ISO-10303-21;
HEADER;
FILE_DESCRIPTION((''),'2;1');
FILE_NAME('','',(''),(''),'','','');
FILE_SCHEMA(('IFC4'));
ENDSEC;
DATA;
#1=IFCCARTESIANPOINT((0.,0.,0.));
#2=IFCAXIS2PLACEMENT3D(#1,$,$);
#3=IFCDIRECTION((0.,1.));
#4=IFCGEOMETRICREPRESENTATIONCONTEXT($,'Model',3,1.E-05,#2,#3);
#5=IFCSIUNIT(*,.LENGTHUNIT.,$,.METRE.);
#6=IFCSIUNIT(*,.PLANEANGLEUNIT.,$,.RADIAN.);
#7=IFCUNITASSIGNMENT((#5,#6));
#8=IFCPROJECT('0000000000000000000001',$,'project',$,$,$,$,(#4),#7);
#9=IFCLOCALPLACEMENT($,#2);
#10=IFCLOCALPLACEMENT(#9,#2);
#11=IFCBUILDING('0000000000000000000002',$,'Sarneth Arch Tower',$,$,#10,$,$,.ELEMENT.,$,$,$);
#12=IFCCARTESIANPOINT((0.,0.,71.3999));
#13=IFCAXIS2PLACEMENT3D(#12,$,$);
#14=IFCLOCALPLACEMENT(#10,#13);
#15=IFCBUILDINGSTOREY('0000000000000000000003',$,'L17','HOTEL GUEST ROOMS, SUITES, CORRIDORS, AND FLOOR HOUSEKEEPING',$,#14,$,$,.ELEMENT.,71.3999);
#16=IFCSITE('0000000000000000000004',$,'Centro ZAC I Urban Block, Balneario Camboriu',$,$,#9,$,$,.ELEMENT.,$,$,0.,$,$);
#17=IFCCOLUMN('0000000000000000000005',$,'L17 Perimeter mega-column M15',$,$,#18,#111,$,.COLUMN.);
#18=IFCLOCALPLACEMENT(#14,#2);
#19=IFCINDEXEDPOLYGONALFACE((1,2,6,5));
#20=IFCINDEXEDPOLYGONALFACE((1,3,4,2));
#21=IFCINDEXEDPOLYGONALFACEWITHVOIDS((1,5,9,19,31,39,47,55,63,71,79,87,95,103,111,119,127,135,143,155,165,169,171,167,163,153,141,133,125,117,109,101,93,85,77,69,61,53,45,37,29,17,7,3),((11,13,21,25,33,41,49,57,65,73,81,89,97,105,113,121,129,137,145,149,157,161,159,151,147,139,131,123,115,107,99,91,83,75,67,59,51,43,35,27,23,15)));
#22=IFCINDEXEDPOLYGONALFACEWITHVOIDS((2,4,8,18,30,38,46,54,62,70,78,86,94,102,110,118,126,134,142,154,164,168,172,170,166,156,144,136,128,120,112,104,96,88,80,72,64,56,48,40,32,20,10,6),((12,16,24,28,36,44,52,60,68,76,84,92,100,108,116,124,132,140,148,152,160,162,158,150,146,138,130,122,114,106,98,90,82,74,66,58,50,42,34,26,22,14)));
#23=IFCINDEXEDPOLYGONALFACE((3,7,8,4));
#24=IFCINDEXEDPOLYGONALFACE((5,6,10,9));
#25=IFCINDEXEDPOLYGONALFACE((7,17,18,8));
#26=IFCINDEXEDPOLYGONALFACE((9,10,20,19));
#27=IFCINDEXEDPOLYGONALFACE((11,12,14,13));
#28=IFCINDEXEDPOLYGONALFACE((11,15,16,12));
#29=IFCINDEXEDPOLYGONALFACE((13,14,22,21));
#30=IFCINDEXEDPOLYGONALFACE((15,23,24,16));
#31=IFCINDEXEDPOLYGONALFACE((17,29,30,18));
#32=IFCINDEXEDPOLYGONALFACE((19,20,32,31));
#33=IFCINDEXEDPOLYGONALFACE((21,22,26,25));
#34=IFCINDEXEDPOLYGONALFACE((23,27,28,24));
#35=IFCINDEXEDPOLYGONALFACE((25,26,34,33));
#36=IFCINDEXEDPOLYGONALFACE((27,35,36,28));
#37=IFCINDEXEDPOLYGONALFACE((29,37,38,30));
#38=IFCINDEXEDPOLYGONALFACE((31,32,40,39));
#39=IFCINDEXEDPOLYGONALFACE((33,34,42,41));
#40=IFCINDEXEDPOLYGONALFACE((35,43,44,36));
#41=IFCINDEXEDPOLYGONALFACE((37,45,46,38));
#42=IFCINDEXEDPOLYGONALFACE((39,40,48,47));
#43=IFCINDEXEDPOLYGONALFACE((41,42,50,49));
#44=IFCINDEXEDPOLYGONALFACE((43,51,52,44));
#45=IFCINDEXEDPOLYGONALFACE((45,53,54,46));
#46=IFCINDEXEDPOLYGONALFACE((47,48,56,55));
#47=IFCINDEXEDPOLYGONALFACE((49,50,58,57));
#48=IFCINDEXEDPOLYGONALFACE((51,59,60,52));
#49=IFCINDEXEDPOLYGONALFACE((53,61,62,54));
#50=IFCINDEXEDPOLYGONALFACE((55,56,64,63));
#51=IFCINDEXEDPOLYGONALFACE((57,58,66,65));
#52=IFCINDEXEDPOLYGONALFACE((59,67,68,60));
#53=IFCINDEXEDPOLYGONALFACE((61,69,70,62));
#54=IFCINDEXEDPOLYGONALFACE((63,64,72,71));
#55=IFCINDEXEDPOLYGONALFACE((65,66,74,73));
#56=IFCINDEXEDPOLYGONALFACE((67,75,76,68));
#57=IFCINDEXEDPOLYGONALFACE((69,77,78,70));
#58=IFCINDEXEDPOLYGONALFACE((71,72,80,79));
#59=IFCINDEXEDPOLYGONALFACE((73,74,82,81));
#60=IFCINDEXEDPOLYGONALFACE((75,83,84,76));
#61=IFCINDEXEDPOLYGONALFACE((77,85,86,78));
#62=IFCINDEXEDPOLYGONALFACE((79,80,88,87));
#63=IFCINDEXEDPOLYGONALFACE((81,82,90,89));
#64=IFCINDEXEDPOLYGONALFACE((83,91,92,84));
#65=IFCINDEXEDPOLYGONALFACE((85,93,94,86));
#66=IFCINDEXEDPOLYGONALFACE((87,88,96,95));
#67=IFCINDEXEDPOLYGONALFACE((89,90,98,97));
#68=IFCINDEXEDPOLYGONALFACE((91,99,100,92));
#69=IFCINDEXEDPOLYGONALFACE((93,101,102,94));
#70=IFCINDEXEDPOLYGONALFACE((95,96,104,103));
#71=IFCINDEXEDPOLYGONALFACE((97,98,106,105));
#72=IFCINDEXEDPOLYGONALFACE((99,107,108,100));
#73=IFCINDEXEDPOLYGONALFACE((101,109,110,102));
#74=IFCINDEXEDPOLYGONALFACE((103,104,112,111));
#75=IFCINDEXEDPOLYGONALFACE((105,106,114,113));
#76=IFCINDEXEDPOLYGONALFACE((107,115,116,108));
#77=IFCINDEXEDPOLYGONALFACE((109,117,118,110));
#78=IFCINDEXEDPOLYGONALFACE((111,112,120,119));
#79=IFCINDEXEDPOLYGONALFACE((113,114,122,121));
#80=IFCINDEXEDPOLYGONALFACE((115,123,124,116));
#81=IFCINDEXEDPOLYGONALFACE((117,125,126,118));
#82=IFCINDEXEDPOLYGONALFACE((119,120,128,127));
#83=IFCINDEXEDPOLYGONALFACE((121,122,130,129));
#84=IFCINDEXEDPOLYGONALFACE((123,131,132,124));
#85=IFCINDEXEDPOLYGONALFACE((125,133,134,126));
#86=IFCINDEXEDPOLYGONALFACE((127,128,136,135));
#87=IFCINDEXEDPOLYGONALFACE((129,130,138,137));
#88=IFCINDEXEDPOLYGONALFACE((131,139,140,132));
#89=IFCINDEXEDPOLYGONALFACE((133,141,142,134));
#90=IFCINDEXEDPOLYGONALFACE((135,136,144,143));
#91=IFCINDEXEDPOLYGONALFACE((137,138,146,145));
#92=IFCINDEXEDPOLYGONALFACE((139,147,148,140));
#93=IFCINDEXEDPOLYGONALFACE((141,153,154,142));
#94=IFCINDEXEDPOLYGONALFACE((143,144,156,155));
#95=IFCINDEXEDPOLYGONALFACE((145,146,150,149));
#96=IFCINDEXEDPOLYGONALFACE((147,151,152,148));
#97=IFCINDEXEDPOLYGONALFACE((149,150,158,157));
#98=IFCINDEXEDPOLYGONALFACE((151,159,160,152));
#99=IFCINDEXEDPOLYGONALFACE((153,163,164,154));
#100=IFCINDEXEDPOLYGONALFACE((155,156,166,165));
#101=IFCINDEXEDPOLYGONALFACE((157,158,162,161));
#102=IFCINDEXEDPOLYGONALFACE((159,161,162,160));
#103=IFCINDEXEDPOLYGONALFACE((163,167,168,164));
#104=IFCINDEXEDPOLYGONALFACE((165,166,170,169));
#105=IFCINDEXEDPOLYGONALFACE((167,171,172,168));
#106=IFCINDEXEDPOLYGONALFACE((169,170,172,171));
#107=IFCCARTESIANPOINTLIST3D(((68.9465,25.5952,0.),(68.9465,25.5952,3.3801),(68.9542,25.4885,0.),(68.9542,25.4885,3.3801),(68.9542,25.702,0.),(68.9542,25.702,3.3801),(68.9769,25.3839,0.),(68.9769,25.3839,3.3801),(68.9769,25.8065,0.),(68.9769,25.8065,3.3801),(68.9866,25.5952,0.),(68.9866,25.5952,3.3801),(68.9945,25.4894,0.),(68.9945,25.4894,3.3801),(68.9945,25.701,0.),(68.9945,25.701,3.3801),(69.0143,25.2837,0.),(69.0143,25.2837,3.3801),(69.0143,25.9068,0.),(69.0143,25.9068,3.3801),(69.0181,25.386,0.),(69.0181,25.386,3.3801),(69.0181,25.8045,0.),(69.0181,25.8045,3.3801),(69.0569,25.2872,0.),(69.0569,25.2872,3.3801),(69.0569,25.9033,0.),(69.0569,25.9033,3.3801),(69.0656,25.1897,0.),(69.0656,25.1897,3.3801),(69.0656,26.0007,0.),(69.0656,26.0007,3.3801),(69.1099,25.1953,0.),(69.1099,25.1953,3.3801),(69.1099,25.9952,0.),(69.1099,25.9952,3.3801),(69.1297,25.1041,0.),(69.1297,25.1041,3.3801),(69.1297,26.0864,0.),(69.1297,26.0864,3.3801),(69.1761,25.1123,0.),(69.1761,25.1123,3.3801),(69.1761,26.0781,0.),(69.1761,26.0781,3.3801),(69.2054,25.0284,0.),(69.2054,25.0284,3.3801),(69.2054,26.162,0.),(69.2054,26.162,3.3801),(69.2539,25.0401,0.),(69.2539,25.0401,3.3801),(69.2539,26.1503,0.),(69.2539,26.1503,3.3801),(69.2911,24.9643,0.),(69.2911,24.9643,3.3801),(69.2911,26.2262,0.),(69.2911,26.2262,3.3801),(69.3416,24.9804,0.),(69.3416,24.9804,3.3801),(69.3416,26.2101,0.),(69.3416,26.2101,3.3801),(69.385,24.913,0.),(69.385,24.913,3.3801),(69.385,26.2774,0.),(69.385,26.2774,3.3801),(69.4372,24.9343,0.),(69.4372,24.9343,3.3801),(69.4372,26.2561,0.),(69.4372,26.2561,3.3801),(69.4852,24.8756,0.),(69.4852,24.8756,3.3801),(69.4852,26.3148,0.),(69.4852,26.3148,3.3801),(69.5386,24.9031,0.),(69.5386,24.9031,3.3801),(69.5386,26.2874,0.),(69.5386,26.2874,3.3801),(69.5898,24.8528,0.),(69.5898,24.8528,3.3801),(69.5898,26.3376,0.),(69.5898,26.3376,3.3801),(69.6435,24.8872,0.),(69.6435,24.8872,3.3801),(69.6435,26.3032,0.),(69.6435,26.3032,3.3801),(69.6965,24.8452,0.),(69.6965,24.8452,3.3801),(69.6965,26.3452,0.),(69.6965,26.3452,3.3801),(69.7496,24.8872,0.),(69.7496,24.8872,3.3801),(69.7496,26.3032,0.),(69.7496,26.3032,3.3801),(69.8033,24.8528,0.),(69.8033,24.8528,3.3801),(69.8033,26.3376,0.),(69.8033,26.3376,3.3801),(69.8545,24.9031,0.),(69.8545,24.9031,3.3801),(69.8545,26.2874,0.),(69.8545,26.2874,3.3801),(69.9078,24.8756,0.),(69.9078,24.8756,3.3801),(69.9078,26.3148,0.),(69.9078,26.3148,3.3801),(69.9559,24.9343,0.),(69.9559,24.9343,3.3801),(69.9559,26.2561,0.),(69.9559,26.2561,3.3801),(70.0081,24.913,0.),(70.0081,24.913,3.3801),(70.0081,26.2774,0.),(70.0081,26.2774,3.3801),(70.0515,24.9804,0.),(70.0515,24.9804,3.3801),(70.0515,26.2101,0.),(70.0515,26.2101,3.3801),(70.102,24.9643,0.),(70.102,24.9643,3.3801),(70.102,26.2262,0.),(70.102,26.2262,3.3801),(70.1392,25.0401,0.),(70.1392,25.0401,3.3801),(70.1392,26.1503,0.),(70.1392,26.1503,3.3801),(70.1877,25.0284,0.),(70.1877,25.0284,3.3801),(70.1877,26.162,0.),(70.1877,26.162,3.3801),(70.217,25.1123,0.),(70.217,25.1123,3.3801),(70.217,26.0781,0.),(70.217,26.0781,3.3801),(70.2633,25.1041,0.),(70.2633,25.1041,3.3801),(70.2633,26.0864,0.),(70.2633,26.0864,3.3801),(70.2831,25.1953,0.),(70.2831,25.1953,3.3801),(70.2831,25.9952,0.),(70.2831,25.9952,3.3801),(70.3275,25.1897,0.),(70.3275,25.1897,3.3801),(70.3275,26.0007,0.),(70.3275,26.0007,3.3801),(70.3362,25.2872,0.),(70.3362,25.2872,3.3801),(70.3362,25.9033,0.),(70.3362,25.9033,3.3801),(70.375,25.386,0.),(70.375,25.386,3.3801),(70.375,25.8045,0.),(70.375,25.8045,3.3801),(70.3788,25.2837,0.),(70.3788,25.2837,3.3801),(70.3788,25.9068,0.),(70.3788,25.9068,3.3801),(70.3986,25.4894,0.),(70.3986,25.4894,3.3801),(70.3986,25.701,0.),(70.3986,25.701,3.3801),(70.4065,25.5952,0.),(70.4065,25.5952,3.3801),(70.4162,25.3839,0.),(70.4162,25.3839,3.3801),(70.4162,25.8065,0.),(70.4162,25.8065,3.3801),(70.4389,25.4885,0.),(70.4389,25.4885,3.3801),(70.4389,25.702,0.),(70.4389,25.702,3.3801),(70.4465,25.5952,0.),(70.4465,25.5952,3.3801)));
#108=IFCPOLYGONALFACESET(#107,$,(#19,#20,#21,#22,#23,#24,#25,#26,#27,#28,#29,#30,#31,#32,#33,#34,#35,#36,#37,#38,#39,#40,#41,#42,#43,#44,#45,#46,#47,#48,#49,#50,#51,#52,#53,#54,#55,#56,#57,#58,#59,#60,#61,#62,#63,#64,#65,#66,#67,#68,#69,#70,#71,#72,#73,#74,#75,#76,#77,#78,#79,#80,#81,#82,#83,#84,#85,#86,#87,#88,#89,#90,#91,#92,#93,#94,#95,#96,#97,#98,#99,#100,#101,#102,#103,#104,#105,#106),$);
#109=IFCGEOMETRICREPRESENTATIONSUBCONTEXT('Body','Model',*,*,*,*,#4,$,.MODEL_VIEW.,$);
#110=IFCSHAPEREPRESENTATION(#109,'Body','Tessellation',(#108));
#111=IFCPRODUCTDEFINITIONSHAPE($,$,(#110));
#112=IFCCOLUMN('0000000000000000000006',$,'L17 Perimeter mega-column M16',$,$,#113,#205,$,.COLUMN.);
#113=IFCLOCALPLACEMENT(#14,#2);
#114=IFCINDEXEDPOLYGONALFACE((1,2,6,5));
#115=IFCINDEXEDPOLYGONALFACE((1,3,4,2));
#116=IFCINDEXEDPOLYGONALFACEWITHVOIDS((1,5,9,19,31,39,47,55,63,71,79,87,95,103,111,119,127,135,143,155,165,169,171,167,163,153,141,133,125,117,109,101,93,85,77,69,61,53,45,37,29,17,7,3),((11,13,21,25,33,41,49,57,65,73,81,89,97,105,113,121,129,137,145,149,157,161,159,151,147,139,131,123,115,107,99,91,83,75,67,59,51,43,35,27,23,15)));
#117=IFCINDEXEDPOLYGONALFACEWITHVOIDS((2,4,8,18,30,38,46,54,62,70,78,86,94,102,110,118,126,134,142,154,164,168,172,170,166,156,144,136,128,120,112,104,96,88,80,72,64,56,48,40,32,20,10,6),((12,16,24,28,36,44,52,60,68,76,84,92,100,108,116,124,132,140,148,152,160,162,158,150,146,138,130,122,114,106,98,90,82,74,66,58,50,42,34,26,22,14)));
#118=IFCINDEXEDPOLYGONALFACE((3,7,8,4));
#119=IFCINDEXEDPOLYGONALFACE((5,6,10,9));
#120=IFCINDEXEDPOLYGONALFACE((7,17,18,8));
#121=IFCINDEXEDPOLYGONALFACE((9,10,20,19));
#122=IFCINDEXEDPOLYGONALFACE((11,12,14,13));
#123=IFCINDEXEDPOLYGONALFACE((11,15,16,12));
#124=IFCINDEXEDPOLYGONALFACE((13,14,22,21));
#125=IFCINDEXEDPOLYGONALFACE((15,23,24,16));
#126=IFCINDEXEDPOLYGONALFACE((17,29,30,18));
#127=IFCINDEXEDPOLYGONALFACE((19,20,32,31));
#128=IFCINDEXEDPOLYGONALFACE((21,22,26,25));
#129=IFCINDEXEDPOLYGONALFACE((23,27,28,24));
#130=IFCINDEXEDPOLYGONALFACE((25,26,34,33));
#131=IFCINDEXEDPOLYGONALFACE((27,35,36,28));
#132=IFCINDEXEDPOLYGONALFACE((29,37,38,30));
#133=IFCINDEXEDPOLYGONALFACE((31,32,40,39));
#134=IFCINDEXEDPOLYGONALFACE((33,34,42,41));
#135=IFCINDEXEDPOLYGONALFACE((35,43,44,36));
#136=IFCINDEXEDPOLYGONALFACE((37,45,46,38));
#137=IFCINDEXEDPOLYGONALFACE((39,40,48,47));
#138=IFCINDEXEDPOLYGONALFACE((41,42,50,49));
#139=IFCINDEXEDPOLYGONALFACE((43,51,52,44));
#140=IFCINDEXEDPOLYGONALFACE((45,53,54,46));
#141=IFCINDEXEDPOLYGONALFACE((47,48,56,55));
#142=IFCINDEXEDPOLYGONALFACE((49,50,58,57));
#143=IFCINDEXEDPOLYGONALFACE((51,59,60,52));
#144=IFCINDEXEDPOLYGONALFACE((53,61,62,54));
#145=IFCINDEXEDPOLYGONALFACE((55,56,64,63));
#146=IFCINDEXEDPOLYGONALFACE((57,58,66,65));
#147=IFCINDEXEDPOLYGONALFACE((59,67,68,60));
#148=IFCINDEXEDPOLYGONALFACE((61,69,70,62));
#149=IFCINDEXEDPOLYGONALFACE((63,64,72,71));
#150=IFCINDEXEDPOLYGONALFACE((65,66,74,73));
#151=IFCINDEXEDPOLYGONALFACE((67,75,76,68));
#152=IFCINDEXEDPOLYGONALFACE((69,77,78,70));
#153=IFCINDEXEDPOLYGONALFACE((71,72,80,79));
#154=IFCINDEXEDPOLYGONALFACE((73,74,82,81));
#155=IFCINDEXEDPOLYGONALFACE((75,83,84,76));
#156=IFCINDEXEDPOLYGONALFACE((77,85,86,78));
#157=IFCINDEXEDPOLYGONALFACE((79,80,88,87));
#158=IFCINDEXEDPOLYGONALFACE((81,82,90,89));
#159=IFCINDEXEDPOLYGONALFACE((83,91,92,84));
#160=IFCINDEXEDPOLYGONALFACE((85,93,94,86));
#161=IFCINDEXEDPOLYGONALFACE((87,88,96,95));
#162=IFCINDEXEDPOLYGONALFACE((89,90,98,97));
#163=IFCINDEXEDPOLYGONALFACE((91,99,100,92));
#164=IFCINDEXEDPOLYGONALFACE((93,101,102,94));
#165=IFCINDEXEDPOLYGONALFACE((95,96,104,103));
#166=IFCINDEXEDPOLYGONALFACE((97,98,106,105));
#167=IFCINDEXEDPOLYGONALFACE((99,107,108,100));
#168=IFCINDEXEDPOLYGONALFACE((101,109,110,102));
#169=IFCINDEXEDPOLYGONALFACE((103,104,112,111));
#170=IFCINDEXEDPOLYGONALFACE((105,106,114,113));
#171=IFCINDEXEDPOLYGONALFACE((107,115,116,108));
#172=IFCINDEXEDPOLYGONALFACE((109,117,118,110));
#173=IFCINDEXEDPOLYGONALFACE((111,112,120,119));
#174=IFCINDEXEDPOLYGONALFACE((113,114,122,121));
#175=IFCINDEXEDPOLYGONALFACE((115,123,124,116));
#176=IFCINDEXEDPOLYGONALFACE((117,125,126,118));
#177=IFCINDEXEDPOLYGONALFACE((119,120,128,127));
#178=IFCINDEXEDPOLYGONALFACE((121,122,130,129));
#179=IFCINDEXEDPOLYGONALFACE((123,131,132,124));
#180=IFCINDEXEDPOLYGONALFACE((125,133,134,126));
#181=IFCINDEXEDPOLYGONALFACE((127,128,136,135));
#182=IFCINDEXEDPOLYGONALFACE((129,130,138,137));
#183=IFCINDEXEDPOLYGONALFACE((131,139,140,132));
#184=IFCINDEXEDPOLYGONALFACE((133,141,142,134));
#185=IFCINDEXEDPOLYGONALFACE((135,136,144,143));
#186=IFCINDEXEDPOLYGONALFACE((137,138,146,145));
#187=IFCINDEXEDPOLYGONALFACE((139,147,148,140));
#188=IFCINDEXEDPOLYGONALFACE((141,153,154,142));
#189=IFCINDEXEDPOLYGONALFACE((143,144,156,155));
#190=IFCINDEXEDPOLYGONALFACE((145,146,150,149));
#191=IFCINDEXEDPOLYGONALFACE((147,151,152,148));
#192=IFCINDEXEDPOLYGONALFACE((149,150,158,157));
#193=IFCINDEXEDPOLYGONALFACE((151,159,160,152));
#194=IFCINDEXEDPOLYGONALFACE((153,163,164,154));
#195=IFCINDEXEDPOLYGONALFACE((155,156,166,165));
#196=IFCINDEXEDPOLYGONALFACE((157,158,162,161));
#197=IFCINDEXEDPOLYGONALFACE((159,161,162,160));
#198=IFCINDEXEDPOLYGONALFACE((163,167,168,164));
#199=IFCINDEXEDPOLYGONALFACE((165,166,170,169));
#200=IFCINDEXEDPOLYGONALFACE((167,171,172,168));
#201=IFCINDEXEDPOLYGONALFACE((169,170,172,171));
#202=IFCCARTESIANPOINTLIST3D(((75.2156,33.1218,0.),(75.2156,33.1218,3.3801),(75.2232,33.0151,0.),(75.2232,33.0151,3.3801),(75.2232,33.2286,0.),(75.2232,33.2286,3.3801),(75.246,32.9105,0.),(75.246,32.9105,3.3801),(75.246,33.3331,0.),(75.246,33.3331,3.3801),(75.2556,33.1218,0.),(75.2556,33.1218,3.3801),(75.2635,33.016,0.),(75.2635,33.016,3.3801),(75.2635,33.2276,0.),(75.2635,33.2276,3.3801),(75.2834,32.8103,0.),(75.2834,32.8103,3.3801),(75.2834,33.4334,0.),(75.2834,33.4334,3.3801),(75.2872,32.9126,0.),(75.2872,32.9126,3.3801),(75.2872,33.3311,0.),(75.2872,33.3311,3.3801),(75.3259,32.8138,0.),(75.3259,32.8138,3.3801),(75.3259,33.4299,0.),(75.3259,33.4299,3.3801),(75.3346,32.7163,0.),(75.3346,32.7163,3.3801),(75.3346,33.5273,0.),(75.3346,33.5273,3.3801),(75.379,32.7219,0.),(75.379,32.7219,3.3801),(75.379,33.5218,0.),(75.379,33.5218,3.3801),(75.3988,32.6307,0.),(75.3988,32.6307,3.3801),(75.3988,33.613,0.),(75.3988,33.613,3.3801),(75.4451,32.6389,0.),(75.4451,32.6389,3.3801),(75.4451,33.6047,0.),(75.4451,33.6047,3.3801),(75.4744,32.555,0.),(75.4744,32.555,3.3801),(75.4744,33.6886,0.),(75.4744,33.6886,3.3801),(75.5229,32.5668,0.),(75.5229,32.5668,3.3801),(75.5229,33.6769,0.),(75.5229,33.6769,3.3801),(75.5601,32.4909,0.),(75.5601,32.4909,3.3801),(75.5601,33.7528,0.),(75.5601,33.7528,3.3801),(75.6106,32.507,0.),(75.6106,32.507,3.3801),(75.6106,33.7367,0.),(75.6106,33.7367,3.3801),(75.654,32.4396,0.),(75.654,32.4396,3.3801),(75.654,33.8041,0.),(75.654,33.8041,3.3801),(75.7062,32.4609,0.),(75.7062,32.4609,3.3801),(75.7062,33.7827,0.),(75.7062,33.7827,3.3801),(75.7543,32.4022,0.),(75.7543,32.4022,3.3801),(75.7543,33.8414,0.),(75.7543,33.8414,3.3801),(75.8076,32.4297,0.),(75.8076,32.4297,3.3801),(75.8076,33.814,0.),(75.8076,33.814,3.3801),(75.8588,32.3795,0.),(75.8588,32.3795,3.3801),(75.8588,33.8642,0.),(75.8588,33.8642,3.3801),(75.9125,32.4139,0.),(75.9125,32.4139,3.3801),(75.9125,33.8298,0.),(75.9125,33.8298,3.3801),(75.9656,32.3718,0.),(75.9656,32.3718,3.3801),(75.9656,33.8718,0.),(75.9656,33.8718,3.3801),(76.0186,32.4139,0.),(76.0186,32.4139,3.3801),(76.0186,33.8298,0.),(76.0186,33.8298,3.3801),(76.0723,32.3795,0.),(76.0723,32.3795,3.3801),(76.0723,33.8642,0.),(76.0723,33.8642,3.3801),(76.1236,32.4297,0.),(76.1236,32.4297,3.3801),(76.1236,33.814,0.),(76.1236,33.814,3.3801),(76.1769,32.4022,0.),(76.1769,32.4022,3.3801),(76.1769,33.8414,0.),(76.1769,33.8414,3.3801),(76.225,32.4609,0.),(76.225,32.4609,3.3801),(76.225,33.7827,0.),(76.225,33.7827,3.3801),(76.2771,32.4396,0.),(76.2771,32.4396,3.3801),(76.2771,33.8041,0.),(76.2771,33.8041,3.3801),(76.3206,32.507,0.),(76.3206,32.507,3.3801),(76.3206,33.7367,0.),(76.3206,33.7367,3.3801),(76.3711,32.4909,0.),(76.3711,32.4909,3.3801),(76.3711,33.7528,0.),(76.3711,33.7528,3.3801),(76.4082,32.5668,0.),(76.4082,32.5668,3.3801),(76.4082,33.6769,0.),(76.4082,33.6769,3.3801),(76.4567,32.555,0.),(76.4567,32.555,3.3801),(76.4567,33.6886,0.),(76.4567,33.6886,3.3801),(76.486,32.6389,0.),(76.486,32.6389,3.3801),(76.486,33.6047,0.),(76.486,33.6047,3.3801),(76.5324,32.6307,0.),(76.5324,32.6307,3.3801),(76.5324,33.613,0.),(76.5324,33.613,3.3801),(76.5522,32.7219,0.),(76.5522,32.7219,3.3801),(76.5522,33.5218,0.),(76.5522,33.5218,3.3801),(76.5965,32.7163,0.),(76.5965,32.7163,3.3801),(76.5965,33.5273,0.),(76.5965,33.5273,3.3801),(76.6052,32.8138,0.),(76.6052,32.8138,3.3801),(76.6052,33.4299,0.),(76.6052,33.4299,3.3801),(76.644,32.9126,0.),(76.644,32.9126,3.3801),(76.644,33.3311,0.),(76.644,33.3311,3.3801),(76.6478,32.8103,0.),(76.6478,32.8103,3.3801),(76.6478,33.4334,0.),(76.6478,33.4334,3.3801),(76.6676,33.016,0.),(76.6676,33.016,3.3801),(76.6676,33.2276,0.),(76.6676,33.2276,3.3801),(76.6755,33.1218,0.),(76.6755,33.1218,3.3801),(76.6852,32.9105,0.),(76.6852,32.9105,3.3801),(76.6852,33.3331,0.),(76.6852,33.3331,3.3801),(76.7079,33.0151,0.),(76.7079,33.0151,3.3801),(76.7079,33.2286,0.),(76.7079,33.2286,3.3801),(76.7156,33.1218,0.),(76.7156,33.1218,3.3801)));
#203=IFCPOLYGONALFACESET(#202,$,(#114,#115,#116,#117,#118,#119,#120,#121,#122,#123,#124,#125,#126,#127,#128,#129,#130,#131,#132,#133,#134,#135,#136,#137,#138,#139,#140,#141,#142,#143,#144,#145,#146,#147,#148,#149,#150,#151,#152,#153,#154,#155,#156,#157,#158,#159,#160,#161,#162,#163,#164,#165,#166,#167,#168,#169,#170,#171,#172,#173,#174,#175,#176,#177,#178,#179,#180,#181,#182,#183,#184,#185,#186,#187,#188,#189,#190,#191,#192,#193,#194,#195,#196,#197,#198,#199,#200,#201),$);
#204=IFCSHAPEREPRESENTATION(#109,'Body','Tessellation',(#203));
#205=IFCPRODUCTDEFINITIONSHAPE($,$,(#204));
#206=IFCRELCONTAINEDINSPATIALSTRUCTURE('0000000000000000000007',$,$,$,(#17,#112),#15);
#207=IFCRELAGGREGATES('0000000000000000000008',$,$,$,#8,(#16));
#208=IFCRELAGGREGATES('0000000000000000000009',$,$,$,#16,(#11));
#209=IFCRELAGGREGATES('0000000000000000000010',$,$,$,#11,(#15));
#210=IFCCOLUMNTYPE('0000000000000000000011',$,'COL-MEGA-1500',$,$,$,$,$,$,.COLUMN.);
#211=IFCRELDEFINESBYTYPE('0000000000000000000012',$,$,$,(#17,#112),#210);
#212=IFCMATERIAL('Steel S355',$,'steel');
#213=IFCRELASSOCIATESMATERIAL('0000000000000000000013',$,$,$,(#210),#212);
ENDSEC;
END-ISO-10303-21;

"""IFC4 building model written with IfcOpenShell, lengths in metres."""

from ifc_helpers import new_model, si_unit, direction, frame, origin, origin_2d, place, context, subcontext, project, spatial, hollow_circle, extrude, material, material_profile, profile_set, type_object, element, save


model = new_model("IFC4")

# Units and contexts
model_context = context("Model", 3, precision=1e-05, world=origin(), true_north=direction((0.0, 1.0)))
body_context = subcontext(model_context, "Body", "Model", "MODEL_VIEW")
ifc_project = project(units=[si_unit("LENGTHUNIT", "METRE"), si_unit("PLANEANGLEUNIT", "RADIAN")], contexts=[model_context])

# Site, building, storey
site_placement = place(None, origin())
site = spatial("IfcSite", under=ifc_project, at=site_placement, Name="Centro ZAC I Urban Block, Balneario Camboriu", CompositionType="ELEMENT", RefElevation=0.0)
building_placement = place(site_placement, origin())
building = spatial("IfcBuilding", under=site, at=building_placement, Name="Sarneth Arch Tower", CompositionType="ELEMENT")
storey_placement = place(building_placement, frame((0.0, 0.0, 71.3999)))
storey = spatial("IfcBuildingStorey", under=building, at=storey_placement, Name="L17", Description="HOTEL GUEST ROOMS, SUITES, CORRIDORS, AND FLOOR HOUSEKEEPING", CompositionType="ELEMENT", Elevation=71.3999)

# Columns
ifc_material_1 = material(Name="Steel S355", Category="steel")
ifc_material_profile_1 = material_profile(ifc_material_1, hollow_circle(Radius=0.75, WallThickness=0.04, at=origin_2d()), Name="CHS1500x40")
ifc_profile_set_1 = profile_set([ifc_material_profile_1], Name="Steel S355")
column_type = type_object("IfcColumnType", Name="COL-MEGA-1500", PredefinedType="COLUMN", material=ifc_profile_set_1)
for number, where, z_axis, x_axis, name in (
    (1, (69.6965, 25.5952, 0.0), (0.0, 0.0, 1.0), (1.0, 0.0, 0.0), "L17 Perimeter mega-column M15"),
    (2, (75.9656, 33.1218, 0.0), (0.0, 0.0, 1.0), (1.0, 0.0, 0.0), "L17 Perimeter mega-column M16"),
):
    element("IfcColumn", number, at=place(storey_placement, frame(where, z_axis=z_axis, x_axis=x_axis)), inside=storey, type_object=column_type, Name=name, PredefinedType="COLUMN", context=body_context, shape_type="SweptSolid", body=[
        extrude(hollow_circle(Radius=0.75, WallThickness=0.04, at=origin_2d()), origin(), (0.0, 0.0, 1.0), 3.3801),
    ])

save(model, "model.ifc")
